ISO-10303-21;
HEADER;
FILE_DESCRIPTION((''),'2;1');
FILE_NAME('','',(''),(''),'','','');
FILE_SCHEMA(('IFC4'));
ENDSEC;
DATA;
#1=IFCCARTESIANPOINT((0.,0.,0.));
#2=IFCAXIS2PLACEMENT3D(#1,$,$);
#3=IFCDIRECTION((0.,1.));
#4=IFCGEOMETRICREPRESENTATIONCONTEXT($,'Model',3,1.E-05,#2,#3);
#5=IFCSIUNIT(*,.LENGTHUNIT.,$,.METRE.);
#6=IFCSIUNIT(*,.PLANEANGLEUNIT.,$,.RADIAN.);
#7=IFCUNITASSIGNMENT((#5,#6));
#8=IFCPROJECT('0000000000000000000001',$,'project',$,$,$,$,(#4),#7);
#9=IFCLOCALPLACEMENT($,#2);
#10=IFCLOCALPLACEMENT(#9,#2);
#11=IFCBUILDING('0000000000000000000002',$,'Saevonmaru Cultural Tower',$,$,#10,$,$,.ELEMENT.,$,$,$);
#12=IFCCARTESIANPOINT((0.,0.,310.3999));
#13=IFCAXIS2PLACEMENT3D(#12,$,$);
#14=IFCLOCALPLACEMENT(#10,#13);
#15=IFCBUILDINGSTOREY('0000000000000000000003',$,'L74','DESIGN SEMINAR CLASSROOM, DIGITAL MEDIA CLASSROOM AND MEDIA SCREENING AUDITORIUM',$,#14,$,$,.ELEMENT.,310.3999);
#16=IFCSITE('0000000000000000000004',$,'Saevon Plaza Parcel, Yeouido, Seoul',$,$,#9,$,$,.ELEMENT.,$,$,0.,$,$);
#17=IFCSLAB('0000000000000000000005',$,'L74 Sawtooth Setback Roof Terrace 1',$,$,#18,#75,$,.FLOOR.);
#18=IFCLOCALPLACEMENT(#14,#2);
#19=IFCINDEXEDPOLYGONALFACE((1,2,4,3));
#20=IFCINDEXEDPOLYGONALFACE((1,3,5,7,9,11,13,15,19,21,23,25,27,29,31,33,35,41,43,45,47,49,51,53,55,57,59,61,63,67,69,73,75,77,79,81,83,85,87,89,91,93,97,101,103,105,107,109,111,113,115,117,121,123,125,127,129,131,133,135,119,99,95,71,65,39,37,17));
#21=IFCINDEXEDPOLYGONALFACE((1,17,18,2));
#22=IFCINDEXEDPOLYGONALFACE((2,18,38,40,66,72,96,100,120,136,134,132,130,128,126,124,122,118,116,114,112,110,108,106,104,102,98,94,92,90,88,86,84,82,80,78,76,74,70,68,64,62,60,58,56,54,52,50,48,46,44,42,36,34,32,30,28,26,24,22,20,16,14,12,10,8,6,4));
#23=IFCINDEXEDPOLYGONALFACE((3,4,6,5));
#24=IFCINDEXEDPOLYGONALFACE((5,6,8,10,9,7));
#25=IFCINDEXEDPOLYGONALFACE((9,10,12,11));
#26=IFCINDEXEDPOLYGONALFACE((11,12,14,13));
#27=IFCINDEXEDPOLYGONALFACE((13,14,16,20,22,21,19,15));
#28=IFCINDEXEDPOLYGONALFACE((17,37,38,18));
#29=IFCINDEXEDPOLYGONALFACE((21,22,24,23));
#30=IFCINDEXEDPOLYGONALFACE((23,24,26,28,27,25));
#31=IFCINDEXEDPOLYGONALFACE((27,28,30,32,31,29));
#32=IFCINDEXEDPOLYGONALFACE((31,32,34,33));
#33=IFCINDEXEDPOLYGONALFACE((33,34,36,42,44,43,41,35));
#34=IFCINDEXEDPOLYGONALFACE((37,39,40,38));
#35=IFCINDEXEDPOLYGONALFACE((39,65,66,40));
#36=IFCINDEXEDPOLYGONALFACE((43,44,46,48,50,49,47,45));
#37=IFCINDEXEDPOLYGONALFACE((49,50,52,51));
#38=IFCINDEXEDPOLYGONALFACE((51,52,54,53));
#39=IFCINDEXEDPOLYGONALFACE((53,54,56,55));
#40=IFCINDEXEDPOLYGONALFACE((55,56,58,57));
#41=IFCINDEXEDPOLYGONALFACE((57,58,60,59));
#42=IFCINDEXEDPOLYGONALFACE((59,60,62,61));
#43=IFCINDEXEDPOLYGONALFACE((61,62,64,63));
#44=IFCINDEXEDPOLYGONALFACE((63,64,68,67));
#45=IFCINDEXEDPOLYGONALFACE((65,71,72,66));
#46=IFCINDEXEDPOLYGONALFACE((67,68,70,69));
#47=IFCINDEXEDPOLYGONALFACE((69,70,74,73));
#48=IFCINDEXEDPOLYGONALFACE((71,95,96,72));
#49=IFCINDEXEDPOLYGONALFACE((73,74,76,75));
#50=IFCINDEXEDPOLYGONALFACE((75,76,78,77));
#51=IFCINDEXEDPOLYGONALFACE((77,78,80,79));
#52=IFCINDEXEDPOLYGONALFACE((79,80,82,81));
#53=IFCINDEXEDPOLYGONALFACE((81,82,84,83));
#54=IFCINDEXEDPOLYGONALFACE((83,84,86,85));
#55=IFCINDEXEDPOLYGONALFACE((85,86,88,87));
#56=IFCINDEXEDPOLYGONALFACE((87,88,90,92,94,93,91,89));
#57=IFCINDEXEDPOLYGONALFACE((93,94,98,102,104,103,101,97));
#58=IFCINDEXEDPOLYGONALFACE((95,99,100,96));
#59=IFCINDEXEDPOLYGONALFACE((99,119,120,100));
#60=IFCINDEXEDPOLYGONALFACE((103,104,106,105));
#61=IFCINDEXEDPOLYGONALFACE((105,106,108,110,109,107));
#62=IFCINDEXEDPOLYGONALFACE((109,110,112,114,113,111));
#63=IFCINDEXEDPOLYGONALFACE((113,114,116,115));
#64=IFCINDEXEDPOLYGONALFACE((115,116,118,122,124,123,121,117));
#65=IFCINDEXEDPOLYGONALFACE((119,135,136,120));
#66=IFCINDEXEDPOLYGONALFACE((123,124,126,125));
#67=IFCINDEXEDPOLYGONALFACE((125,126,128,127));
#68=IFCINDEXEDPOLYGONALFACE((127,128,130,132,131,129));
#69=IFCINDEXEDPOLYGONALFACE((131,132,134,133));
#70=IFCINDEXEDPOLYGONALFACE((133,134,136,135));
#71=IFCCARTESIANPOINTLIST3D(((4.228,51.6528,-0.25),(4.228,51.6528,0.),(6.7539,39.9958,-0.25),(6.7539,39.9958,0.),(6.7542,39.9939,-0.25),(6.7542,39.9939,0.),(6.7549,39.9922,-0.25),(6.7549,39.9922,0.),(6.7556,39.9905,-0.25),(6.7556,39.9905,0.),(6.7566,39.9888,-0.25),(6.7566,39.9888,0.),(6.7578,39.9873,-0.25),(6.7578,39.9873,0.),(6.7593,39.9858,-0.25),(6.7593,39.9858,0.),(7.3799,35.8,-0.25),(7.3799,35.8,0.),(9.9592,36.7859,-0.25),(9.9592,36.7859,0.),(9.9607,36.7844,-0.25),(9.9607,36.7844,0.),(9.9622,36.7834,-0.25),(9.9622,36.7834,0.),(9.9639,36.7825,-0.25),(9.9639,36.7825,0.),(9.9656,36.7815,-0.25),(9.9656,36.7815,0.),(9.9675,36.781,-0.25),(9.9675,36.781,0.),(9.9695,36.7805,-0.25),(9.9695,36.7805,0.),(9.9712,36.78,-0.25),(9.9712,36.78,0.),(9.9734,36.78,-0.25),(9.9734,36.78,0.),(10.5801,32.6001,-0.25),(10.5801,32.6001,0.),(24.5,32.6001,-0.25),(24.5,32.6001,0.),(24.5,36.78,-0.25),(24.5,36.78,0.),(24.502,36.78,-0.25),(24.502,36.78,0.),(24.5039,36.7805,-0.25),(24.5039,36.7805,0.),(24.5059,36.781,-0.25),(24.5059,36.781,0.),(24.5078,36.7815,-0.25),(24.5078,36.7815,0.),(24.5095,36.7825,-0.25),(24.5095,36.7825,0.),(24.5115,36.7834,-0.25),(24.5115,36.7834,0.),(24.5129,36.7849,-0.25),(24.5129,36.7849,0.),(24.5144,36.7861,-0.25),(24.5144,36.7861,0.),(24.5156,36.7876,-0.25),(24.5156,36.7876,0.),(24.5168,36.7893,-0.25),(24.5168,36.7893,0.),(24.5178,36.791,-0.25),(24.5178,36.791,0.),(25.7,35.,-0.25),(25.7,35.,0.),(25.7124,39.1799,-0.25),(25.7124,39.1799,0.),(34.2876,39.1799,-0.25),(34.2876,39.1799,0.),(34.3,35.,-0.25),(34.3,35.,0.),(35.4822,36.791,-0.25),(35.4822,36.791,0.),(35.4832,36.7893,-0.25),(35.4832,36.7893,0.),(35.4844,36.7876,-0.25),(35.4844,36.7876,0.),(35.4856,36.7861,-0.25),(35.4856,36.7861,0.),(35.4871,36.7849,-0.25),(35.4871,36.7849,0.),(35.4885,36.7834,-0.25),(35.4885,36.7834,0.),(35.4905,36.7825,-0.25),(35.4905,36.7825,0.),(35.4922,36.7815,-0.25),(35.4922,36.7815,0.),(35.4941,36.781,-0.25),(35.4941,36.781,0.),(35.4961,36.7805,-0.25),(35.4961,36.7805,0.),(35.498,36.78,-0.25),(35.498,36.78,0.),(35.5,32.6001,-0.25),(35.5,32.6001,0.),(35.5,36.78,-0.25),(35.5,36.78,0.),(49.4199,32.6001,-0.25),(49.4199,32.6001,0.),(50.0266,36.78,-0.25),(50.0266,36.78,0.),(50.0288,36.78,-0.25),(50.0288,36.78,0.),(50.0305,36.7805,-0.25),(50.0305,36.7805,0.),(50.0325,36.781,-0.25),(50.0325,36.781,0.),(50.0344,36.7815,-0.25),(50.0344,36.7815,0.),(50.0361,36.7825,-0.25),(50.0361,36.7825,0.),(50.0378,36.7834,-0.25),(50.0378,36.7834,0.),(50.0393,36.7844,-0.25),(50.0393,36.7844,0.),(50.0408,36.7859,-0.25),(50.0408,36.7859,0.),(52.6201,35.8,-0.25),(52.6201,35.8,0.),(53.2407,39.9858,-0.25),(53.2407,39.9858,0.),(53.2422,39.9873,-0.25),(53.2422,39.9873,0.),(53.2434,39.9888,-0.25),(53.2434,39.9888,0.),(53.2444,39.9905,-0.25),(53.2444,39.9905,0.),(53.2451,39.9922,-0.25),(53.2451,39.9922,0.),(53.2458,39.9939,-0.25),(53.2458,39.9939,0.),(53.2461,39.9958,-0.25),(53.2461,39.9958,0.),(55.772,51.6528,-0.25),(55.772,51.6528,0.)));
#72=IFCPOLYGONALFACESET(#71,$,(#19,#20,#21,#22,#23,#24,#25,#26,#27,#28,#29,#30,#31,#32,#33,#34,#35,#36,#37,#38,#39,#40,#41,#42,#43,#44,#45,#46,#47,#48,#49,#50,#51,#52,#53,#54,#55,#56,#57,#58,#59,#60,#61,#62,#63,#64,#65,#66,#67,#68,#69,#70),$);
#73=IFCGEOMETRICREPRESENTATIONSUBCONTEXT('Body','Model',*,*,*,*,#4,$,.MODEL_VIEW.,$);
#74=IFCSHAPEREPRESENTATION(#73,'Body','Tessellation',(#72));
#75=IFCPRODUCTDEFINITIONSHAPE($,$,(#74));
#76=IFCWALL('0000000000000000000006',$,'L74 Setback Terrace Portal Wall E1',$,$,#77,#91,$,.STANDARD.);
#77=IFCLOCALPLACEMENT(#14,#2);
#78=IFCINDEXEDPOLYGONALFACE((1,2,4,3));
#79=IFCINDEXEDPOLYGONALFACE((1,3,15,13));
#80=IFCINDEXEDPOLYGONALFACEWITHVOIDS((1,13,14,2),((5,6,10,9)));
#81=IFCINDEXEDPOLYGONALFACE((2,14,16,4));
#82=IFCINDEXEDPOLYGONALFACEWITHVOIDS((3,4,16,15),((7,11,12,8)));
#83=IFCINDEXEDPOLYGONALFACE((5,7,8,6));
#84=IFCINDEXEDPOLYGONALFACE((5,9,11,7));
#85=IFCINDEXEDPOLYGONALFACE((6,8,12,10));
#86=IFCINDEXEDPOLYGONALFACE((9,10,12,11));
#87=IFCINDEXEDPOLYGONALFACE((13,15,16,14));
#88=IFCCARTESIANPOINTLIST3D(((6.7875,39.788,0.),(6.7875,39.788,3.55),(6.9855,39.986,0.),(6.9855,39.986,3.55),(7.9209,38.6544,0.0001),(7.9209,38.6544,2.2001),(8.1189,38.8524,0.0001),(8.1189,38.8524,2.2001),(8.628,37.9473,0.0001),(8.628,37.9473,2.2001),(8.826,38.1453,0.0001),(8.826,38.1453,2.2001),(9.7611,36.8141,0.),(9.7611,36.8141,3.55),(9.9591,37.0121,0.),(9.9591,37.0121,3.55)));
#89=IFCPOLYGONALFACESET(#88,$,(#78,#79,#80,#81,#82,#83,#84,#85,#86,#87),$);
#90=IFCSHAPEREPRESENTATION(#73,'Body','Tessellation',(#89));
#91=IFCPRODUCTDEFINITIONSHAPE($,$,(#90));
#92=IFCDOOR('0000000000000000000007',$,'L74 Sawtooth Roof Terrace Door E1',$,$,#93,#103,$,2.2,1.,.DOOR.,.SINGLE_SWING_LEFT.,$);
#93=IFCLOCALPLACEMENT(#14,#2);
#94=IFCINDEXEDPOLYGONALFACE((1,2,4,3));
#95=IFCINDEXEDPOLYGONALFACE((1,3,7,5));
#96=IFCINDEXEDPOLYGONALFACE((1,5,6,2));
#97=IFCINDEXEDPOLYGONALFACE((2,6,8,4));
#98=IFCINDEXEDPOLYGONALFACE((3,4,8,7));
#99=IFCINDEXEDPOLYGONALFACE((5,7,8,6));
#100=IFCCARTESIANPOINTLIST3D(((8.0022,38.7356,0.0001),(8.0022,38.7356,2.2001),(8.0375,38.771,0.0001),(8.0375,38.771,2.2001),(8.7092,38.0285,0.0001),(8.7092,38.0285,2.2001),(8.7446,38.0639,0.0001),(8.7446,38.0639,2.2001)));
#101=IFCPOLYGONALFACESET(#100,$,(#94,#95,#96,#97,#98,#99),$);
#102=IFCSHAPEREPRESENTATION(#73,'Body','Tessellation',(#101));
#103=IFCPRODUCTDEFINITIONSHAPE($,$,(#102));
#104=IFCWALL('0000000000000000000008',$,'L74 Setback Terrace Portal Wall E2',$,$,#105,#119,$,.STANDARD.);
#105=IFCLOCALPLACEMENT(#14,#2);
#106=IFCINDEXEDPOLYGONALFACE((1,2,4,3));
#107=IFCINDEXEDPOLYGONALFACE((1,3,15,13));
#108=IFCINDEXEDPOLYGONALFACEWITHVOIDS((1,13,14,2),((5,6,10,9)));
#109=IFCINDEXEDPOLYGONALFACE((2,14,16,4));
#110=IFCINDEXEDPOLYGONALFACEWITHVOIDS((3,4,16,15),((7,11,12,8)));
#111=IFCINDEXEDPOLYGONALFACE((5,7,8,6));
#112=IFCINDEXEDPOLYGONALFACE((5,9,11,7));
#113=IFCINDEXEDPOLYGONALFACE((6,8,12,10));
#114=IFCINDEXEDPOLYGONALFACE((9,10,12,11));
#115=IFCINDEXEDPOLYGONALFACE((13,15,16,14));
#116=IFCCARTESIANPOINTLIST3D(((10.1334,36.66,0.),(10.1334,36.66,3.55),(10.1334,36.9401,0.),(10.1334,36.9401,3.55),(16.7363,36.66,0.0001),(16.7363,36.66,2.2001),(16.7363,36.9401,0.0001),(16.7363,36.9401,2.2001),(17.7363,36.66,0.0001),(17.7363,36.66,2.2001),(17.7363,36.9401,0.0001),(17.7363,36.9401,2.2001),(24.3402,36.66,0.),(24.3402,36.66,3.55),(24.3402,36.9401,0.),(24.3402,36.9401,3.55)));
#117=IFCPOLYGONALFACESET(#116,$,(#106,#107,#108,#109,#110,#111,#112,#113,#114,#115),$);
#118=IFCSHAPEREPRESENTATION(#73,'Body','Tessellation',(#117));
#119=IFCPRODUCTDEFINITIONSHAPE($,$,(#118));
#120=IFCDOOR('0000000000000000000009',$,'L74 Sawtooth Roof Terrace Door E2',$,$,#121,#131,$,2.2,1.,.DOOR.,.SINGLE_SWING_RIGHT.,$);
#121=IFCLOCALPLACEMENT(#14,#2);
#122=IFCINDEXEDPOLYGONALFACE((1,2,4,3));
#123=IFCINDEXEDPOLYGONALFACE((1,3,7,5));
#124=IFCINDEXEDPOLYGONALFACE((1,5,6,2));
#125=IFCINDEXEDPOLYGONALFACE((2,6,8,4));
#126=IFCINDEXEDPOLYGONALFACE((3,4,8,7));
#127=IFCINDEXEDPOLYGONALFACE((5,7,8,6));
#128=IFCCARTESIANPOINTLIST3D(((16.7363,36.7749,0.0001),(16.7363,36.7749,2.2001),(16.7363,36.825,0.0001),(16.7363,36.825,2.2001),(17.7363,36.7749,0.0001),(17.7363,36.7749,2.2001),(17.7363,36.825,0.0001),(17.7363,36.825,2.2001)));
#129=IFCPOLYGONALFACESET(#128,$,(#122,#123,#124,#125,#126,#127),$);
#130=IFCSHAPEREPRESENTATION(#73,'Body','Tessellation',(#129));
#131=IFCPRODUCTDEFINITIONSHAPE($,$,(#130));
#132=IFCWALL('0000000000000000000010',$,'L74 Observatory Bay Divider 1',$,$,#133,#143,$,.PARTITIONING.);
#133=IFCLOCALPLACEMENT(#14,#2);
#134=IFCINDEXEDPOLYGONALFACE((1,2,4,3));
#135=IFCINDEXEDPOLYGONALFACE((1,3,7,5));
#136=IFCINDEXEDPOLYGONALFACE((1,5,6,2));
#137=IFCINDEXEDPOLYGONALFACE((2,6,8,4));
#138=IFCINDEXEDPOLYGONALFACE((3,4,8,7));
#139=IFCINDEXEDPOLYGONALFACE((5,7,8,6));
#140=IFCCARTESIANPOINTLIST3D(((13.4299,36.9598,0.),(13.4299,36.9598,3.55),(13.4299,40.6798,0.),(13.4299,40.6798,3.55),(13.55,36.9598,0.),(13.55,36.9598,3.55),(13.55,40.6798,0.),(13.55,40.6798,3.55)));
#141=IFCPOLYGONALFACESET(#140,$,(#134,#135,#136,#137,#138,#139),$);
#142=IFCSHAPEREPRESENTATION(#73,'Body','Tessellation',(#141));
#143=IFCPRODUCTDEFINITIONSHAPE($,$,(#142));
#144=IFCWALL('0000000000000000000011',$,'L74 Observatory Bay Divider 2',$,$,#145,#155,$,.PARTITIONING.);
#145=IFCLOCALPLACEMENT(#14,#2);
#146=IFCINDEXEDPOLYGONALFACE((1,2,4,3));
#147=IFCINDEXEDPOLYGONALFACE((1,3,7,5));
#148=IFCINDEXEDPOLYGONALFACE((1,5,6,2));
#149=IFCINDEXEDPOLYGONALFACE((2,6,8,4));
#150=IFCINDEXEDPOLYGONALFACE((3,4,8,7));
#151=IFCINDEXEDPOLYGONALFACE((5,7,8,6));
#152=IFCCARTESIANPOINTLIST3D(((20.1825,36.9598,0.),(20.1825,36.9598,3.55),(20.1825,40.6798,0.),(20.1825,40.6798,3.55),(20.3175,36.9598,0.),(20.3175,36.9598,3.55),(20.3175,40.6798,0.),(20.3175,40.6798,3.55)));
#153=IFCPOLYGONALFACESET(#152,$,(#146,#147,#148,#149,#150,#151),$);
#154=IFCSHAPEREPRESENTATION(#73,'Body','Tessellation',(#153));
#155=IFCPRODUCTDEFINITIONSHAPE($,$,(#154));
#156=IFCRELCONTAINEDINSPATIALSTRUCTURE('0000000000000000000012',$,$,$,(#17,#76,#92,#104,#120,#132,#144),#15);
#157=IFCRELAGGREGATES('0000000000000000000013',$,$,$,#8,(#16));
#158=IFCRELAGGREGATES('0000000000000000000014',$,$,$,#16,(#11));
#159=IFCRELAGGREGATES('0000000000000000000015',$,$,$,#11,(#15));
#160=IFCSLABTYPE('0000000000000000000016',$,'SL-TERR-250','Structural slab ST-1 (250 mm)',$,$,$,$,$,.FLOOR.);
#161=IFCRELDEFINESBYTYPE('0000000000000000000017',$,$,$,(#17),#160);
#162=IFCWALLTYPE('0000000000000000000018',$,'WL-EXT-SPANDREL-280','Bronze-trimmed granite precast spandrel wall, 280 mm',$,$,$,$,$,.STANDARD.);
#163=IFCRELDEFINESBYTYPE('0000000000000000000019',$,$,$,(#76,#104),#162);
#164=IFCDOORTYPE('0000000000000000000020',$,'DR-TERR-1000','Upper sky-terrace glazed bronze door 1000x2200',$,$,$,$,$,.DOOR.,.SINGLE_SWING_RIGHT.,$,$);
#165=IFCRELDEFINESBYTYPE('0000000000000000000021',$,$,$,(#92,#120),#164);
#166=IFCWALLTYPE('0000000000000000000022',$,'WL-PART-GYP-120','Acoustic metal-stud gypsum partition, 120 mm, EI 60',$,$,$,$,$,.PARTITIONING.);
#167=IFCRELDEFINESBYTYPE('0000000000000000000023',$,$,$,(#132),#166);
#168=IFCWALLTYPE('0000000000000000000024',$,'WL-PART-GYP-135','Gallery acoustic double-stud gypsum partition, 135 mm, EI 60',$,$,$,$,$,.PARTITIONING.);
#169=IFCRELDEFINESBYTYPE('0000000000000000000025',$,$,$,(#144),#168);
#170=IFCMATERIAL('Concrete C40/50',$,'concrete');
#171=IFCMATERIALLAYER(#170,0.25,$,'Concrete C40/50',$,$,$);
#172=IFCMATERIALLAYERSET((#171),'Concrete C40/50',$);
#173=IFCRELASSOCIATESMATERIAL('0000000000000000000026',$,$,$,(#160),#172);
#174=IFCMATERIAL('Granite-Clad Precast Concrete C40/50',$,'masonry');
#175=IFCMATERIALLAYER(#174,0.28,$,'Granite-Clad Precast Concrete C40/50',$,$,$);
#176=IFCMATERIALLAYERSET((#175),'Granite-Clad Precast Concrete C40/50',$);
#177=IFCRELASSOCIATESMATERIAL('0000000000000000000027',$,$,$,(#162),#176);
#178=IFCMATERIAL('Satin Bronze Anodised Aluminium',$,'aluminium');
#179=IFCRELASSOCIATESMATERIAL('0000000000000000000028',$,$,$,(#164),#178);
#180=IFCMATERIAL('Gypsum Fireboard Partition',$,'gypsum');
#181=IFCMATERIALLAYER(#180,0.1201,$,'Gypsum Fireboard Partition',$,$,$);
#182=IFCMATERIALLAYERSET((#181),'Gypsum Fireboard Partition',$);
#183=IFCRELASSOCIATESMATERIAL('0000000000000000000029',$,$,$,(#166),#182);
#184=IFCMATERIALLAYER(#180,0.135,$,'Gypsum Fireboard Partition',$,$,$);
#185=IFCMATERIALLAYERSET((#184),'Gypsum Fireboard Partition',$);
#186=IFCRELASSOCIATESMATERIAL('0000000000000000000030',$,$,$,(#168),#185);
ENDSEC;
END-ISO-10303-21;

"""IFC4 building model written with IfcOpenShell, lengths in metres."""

from ifc_helpers import new_model, si_unit, direction, frame, frame_2d, origin, place, context, subcontext, project, spatial, polyline, rectangle, outline, extrude, material, layer, layer_set, type_object, element, fill, save


model = new_model("IFC4")

# Units and contexts
model_context = context("Model", 3, precision=1e-05, world=origin(), true_north=direction((0.0, 1.0)))
body_context = subcontext(model_context, "Body", "Model", "MODEL_VIEW")
ifc_project = project(units=[si_unit("LENGTHUNIT", "METRE"), si_unit("PLANEANGLEUNIT", "RADIAN")], contexts=[model_context])

# Site, building, storey
site_placement = place(None, origin())
site = spatial("IfcSite", under=ifc_project, at=site_placement, Name="Saevon Plaza Parcel, Yeouido, Seoul", CompositionType="ELEMENT", RefElevation=0.0)
building_placement = place(site_placement, origin())
building = spatial("IfcBuilding", under=site, at=building_placement, Name="Saevonmaru Cultural Tower", CompositionType="ELEMENT")
storey_placement = place(building_placement, frame((0.0, 0.0, 310.3999)))
storey = spatial("IfcBuildingStorey", under=building, at=storey_placement, Name="L74", Description="DESIGN SEMINAR CLASSROOM, DIGITAL MEDIA CLASSROOM AND MEDIA SCREENING AUDITORIUM", CompositionType="ELEMENT", Elevation=310.3999)

# Shared definitions
ifc_material_1 = material(Name="Satin Bronze Anodised Aluminium", Category="aluminium")

# Shared definitions
ifc_material_2 = material(Name="Concrete C40/50", Category="concrete")

# Slab
ifc_layer_1 = layer(ifc_material_2, 0.25, Name="Concrete C40/50")
ifc_layer_set_1 = layer_set([ifc_layer_1], Name="Concrete C40/50")
slab_type_1 = type_object("IfcSlabType", Name="SL-TERR-250", Description="Structural slab ST-1 (250 mm)", PredefinedType="FLOOR", material=ifc_layer_set_1)
slab_1_placement = place(storey_placement, frame((0.0, 0.0, -0.25)))
element("IfcSlab", 1, at=slab_1_placement, inside=storey, type_object=slab_type_1, Name="L74 Sawtooth Setback Roof Terrace 1", PredefinedType="FLOOR", context=body_context, shape_type="SweptSolid", body=[
    extrude(outline(polyline([(55.772, 51.6528), (53.2461, 39.9958), (53.2458, 39.9939), (53.2451, 39.9922), (53.2444, 39.9905), (53.2434, 39.9888), (53.2422, 39.9873), (53.2407, 39.9858), (50.0408, 36.7859), (50.0393, 36.7844), (50.0378, 36.7834), (50.0361, 36.7825), (50.0344, 36.7815), (50.0325, 36.781), (50.0305, 36.7805), (50.0288, 36.78), (50.0266, 36.78), (35.5, 36.78), (35.498, 36.78), (35.4961, 36.7805), (35.4941, 36.781), (35.4922, 36.7815), (35.4905, 36.7825), (35.4885, 36.7834), (35.4871, 36.7849), (35.4856, 36.7861), (35.4844, 36.7876), (35.4832, 36.7893), (35.4822, 36.791), (34.2876, 39.1799), (25.7124, 39.1799), (24.5178, 36.791), (24.5168, 36.7893), (24.5156, 36.7876), (24.5144, 36.7861), (24.5129, 36.7849), (24.5115, 36.7834), (24.5095, 36.7825), (24.5078, 36.7815), (24.5059, 36.781), (24.5039, 36.7805), (24.502, 36.78), (24.5, 36.78), (9.9734, 36.78), (9.9712, 36.78), (9.9695, 36.7805), (9.9675, 36.781), (9.9656, 36.7815), (9.9639, 36.7825), (9.9622, 36.7834), (9.9607, 36.7844), (9.9592, 36.7859), (6.7593, 39.9858), (6.7578, 39.9873), (6.7566, 39.9888), (6.7556, 39.9905), (6.7549, 39.9922), (6.7542, 39.9939), (6.7539, 39.9958), (4.228, 51.6528), (7.3799, 35.8), (10.5801, 32.6001), (24.5, 32.6001), (25.7, 35.0), (34.3, 35.0), (35.5, 32.6001), (49.4199, 32.6001), (52.6201, 35.8), (55.772, 51.6528)])), origin(), (0.0, 0.0, 1.0), 0.25),
])

# Walls, openings, doors
ifc_material_3 = material(Name="Granite-Clad Precast Concrete C40/50", Category="masonry")
ifc_layer_2 = layer(ifc_material_3, 0.28, Name="Granite-Clad Precast Concrete C40/50")
ifc_layer_set_2 = layer_set([ifc_layer_2], Name="Granite-Clad Precast Concrete C40/50")
wall_type_1 = type_object("IfcWallType", Name="WL-EXT-SPANDREL-280", Description="Bronze-trimmed granite precast spandrel wall, 280 mm", PredefinedType="STANDARD", material=ifc_layer_set_2)
wall_1_placement = place(storey_placement, frame((6.8865, 39.887, 0.0), z_axis=(0.0, 0.0, 1.0), x_axis=(0.707078, -0.707136, 0.0)))
wall_1 = element("IfcWall", 2, at=wall_1_placement, inside=storey, type_object=wall_type_1, Name="L74 Setback Terrace Portal Wall E1", PredefinedType="STANDARD", context=body_context, shape_type="SweptSolid", body=[
    extrude(rectangle(XDim=4.2056, YDim=0.28, at=frame_2d((2.1028, 0.0))), origin(), (0.0, 0.0, 1.0), 3.55),
])
opening_1_placement = place(wall_1_placement, frame((1.603, 0.0, 0.0)))
opening_1 = element("IfcOpeningElement", 3, at=opening_1_placement, cuts=wall_1, PredefinedType="OPENING", context=body_context, shape_type="SweptSolid", body=[
    extrude(rectangle(XDim=1.0, YDim=2.2, at=frame_2d((0.5, 1.1001))), frame((0.0, 0.1499, 0.0), z_axis=(0.0, -1.0, 0.0), x_axis=(1.0, 0.0, 0.0)), (0.0, 0.0, 1.0), 0.3),
])
door_type = type_object("IfcDoorType", Name="DR-TERR-1000", Description="Upper sky-terrace glazed bronze door 1000x2200", OperationType="SINGLE_SWING_RIGHT", PredefinedType="DOOR", material=ifc_material_1)
door_1_placement = place(opening_1_placement, origin())
door_1 = element("IfcDoor", 4, at=door_1_placement, inside=storey, type_object=door_type, Name="L74 Sawtooth Roof Terrace Door E1", OperationType="SINGLE_SWING_LEFT", OverallHeight=2.2, OverallWidth=1.0, PredefinedType="DOOR", context=body_context, shape_type="SweptSolid", body=[
    extrude(rectangle(XDim=1.0, YDim=2.2, at=frame_2d((0.5, 1.1001))), frame((0.0, 0.0249, 0.0), z_axis=(0.0, -1.0, 0.0), x_axis=(1.0, 0.0, 0.0)), (0.0, 0.0, 1.0), 0.05),
])
fill(opening_1, door_1)
wall_2_placement = place(storey_placement, frame((10.1333, 36.8, 0.0), z_axis=(0.0, 0.0, 1.0), x_axis=(1.0, 0.0, 0.0)))
wall_2 = element("IfcWall", 5, at=wall_2_placement, inside=storey, type_object=wall_type_1, Name="L74 Setback Terrace Portal Wall E2", PredefinedType="STANDARD", context=body_context, shape_type="SweptSolid", body=[
    extrude(rectangle(XDim=14.2068, YDim=0.28, at=frame_2d((7.1035, 0.0))), origin(), (0.0, 0.0, 1.0), 3.55),
])
opening_2_placement = place(wall_2_placement, frame((6.603, 0.0, 0.0)))
opening_2 = element("IfcOpeningElement", 6, at=opening_2_placement, cuts=wall_2, PredefinedType="OPENING", context=body_context, shape_type="SweptSolid", body=[
    extrude(rectangle(XDim=1.0, YDim=2.2, at=frame_2d((0.5, 1.1001))), frame((0.0, 0.1499, 0.0), z_axis=(0.0, -1.0, 0.0), x_axis=(1.0, 0.0, 0.0)), (0.0, 0.0, 1.0), 0.3),
])
door_2_placement = place(opening_2_placement, origin())
door_2 = element("IfcDoor", 7, at=door_2_placement, inside=storey, type_object=door_type, Name="L74 Sawtooth Roof Terrace Door E2", OperationType="SINGLE_SWING_RIGHT", OverallHeight=2.2, OverallWidth=1.0, PredefinedType="DOOR", context=body_context, shape_type="SweptSolid", body=[
    extrude(rectangle(XDim=1.0, YDim=2.2, at=frame_2d((0.5, 1.1001))), frame((0.0, 0.0249, 0.0), z_axis=(0.0, -1.0, 0.0), x_axis=(1.0, 0.0, 0.0)), (0.0, 0.0, 1.0), 0.05),
])
fill(opening_2, door_2)

# Walls
ifc_material_4 = material(Name="Gypsum Fireboard Partition", Category="gypsum")
ifc_layer_3 = layer(ifc_material_4, 0.1201, Name="Gypsum Fireboard Partition")
ifc_layer_set_3 = layer_set([ifc_layer_3], Name="Gypsum Fireboard Partition")
wall_type_2 = type_object("IfcWallType", Name="WL-PART-GYP-120", Description="Acoustic metal-stud gypsum partition, 120 mm, EI 60", PredefinedType="PARTITIONING", material=ifc_layer_set_3)
wall_3_placement = place(storey_placement, frame((13.49, 36.96, 0.0), z_axis=(0.0, 0.0, 1.0), x_axis=(0.0, 1.0, 0.0)))
element("IfcWall", 8, at=wall_3_placement, inside=storey, type_object=wall_type_2, Name="L74 Observatory Bay Divider 1", PredefinedType="PARTITIONING", context=body_context, shape_type="SweptSolid", body=[
    extrude(rectangle(XDim=3.72, YDim=0.1201, at=frame_2d((1.8599, 0.0))), origin(), (0.0, 0.0, 1.0), 3.55),
])
ifc_layer_4 = layer(ifc_material_4, 0.135, Name="Gypsum Fireboard Partition")
ifc_layer_set_4 = layer_set([ifc_layer_4], Name="Gypsum Fireboard Partition")
wall_type_3 = type_object("IfcWallType", Name="WL-PART-GYP-135", Description="Gallery acoustic double-stud gypsum partition, 135 mm, EI 60", PredefinedType="PARTITIONING", material=ifc_layer_set_4)
wall_4_placement = place(storey_placement, frame((20.25, 36.96, 0.0), z_axis=(0.0, 0.0, 1.0), x_axis=(0.0, 1.0, 0.0)))
element("IfcWall", 9, at=wall_4_placement, inside=storey, type_object=wall_type_3, Name="L74 Observatory Bay Divider 2", PredefinedType="PARTITIONING", context=body_context, shape_type="SweptSolid", body=[
    extrude(rectangle(XDim=3.72, YDim=0.135, at=frame_2d((1.8599, 0.0))), origin(), (0.0, 0.0, 1.0), 3.55),
])

save(model, "model.ifc")
